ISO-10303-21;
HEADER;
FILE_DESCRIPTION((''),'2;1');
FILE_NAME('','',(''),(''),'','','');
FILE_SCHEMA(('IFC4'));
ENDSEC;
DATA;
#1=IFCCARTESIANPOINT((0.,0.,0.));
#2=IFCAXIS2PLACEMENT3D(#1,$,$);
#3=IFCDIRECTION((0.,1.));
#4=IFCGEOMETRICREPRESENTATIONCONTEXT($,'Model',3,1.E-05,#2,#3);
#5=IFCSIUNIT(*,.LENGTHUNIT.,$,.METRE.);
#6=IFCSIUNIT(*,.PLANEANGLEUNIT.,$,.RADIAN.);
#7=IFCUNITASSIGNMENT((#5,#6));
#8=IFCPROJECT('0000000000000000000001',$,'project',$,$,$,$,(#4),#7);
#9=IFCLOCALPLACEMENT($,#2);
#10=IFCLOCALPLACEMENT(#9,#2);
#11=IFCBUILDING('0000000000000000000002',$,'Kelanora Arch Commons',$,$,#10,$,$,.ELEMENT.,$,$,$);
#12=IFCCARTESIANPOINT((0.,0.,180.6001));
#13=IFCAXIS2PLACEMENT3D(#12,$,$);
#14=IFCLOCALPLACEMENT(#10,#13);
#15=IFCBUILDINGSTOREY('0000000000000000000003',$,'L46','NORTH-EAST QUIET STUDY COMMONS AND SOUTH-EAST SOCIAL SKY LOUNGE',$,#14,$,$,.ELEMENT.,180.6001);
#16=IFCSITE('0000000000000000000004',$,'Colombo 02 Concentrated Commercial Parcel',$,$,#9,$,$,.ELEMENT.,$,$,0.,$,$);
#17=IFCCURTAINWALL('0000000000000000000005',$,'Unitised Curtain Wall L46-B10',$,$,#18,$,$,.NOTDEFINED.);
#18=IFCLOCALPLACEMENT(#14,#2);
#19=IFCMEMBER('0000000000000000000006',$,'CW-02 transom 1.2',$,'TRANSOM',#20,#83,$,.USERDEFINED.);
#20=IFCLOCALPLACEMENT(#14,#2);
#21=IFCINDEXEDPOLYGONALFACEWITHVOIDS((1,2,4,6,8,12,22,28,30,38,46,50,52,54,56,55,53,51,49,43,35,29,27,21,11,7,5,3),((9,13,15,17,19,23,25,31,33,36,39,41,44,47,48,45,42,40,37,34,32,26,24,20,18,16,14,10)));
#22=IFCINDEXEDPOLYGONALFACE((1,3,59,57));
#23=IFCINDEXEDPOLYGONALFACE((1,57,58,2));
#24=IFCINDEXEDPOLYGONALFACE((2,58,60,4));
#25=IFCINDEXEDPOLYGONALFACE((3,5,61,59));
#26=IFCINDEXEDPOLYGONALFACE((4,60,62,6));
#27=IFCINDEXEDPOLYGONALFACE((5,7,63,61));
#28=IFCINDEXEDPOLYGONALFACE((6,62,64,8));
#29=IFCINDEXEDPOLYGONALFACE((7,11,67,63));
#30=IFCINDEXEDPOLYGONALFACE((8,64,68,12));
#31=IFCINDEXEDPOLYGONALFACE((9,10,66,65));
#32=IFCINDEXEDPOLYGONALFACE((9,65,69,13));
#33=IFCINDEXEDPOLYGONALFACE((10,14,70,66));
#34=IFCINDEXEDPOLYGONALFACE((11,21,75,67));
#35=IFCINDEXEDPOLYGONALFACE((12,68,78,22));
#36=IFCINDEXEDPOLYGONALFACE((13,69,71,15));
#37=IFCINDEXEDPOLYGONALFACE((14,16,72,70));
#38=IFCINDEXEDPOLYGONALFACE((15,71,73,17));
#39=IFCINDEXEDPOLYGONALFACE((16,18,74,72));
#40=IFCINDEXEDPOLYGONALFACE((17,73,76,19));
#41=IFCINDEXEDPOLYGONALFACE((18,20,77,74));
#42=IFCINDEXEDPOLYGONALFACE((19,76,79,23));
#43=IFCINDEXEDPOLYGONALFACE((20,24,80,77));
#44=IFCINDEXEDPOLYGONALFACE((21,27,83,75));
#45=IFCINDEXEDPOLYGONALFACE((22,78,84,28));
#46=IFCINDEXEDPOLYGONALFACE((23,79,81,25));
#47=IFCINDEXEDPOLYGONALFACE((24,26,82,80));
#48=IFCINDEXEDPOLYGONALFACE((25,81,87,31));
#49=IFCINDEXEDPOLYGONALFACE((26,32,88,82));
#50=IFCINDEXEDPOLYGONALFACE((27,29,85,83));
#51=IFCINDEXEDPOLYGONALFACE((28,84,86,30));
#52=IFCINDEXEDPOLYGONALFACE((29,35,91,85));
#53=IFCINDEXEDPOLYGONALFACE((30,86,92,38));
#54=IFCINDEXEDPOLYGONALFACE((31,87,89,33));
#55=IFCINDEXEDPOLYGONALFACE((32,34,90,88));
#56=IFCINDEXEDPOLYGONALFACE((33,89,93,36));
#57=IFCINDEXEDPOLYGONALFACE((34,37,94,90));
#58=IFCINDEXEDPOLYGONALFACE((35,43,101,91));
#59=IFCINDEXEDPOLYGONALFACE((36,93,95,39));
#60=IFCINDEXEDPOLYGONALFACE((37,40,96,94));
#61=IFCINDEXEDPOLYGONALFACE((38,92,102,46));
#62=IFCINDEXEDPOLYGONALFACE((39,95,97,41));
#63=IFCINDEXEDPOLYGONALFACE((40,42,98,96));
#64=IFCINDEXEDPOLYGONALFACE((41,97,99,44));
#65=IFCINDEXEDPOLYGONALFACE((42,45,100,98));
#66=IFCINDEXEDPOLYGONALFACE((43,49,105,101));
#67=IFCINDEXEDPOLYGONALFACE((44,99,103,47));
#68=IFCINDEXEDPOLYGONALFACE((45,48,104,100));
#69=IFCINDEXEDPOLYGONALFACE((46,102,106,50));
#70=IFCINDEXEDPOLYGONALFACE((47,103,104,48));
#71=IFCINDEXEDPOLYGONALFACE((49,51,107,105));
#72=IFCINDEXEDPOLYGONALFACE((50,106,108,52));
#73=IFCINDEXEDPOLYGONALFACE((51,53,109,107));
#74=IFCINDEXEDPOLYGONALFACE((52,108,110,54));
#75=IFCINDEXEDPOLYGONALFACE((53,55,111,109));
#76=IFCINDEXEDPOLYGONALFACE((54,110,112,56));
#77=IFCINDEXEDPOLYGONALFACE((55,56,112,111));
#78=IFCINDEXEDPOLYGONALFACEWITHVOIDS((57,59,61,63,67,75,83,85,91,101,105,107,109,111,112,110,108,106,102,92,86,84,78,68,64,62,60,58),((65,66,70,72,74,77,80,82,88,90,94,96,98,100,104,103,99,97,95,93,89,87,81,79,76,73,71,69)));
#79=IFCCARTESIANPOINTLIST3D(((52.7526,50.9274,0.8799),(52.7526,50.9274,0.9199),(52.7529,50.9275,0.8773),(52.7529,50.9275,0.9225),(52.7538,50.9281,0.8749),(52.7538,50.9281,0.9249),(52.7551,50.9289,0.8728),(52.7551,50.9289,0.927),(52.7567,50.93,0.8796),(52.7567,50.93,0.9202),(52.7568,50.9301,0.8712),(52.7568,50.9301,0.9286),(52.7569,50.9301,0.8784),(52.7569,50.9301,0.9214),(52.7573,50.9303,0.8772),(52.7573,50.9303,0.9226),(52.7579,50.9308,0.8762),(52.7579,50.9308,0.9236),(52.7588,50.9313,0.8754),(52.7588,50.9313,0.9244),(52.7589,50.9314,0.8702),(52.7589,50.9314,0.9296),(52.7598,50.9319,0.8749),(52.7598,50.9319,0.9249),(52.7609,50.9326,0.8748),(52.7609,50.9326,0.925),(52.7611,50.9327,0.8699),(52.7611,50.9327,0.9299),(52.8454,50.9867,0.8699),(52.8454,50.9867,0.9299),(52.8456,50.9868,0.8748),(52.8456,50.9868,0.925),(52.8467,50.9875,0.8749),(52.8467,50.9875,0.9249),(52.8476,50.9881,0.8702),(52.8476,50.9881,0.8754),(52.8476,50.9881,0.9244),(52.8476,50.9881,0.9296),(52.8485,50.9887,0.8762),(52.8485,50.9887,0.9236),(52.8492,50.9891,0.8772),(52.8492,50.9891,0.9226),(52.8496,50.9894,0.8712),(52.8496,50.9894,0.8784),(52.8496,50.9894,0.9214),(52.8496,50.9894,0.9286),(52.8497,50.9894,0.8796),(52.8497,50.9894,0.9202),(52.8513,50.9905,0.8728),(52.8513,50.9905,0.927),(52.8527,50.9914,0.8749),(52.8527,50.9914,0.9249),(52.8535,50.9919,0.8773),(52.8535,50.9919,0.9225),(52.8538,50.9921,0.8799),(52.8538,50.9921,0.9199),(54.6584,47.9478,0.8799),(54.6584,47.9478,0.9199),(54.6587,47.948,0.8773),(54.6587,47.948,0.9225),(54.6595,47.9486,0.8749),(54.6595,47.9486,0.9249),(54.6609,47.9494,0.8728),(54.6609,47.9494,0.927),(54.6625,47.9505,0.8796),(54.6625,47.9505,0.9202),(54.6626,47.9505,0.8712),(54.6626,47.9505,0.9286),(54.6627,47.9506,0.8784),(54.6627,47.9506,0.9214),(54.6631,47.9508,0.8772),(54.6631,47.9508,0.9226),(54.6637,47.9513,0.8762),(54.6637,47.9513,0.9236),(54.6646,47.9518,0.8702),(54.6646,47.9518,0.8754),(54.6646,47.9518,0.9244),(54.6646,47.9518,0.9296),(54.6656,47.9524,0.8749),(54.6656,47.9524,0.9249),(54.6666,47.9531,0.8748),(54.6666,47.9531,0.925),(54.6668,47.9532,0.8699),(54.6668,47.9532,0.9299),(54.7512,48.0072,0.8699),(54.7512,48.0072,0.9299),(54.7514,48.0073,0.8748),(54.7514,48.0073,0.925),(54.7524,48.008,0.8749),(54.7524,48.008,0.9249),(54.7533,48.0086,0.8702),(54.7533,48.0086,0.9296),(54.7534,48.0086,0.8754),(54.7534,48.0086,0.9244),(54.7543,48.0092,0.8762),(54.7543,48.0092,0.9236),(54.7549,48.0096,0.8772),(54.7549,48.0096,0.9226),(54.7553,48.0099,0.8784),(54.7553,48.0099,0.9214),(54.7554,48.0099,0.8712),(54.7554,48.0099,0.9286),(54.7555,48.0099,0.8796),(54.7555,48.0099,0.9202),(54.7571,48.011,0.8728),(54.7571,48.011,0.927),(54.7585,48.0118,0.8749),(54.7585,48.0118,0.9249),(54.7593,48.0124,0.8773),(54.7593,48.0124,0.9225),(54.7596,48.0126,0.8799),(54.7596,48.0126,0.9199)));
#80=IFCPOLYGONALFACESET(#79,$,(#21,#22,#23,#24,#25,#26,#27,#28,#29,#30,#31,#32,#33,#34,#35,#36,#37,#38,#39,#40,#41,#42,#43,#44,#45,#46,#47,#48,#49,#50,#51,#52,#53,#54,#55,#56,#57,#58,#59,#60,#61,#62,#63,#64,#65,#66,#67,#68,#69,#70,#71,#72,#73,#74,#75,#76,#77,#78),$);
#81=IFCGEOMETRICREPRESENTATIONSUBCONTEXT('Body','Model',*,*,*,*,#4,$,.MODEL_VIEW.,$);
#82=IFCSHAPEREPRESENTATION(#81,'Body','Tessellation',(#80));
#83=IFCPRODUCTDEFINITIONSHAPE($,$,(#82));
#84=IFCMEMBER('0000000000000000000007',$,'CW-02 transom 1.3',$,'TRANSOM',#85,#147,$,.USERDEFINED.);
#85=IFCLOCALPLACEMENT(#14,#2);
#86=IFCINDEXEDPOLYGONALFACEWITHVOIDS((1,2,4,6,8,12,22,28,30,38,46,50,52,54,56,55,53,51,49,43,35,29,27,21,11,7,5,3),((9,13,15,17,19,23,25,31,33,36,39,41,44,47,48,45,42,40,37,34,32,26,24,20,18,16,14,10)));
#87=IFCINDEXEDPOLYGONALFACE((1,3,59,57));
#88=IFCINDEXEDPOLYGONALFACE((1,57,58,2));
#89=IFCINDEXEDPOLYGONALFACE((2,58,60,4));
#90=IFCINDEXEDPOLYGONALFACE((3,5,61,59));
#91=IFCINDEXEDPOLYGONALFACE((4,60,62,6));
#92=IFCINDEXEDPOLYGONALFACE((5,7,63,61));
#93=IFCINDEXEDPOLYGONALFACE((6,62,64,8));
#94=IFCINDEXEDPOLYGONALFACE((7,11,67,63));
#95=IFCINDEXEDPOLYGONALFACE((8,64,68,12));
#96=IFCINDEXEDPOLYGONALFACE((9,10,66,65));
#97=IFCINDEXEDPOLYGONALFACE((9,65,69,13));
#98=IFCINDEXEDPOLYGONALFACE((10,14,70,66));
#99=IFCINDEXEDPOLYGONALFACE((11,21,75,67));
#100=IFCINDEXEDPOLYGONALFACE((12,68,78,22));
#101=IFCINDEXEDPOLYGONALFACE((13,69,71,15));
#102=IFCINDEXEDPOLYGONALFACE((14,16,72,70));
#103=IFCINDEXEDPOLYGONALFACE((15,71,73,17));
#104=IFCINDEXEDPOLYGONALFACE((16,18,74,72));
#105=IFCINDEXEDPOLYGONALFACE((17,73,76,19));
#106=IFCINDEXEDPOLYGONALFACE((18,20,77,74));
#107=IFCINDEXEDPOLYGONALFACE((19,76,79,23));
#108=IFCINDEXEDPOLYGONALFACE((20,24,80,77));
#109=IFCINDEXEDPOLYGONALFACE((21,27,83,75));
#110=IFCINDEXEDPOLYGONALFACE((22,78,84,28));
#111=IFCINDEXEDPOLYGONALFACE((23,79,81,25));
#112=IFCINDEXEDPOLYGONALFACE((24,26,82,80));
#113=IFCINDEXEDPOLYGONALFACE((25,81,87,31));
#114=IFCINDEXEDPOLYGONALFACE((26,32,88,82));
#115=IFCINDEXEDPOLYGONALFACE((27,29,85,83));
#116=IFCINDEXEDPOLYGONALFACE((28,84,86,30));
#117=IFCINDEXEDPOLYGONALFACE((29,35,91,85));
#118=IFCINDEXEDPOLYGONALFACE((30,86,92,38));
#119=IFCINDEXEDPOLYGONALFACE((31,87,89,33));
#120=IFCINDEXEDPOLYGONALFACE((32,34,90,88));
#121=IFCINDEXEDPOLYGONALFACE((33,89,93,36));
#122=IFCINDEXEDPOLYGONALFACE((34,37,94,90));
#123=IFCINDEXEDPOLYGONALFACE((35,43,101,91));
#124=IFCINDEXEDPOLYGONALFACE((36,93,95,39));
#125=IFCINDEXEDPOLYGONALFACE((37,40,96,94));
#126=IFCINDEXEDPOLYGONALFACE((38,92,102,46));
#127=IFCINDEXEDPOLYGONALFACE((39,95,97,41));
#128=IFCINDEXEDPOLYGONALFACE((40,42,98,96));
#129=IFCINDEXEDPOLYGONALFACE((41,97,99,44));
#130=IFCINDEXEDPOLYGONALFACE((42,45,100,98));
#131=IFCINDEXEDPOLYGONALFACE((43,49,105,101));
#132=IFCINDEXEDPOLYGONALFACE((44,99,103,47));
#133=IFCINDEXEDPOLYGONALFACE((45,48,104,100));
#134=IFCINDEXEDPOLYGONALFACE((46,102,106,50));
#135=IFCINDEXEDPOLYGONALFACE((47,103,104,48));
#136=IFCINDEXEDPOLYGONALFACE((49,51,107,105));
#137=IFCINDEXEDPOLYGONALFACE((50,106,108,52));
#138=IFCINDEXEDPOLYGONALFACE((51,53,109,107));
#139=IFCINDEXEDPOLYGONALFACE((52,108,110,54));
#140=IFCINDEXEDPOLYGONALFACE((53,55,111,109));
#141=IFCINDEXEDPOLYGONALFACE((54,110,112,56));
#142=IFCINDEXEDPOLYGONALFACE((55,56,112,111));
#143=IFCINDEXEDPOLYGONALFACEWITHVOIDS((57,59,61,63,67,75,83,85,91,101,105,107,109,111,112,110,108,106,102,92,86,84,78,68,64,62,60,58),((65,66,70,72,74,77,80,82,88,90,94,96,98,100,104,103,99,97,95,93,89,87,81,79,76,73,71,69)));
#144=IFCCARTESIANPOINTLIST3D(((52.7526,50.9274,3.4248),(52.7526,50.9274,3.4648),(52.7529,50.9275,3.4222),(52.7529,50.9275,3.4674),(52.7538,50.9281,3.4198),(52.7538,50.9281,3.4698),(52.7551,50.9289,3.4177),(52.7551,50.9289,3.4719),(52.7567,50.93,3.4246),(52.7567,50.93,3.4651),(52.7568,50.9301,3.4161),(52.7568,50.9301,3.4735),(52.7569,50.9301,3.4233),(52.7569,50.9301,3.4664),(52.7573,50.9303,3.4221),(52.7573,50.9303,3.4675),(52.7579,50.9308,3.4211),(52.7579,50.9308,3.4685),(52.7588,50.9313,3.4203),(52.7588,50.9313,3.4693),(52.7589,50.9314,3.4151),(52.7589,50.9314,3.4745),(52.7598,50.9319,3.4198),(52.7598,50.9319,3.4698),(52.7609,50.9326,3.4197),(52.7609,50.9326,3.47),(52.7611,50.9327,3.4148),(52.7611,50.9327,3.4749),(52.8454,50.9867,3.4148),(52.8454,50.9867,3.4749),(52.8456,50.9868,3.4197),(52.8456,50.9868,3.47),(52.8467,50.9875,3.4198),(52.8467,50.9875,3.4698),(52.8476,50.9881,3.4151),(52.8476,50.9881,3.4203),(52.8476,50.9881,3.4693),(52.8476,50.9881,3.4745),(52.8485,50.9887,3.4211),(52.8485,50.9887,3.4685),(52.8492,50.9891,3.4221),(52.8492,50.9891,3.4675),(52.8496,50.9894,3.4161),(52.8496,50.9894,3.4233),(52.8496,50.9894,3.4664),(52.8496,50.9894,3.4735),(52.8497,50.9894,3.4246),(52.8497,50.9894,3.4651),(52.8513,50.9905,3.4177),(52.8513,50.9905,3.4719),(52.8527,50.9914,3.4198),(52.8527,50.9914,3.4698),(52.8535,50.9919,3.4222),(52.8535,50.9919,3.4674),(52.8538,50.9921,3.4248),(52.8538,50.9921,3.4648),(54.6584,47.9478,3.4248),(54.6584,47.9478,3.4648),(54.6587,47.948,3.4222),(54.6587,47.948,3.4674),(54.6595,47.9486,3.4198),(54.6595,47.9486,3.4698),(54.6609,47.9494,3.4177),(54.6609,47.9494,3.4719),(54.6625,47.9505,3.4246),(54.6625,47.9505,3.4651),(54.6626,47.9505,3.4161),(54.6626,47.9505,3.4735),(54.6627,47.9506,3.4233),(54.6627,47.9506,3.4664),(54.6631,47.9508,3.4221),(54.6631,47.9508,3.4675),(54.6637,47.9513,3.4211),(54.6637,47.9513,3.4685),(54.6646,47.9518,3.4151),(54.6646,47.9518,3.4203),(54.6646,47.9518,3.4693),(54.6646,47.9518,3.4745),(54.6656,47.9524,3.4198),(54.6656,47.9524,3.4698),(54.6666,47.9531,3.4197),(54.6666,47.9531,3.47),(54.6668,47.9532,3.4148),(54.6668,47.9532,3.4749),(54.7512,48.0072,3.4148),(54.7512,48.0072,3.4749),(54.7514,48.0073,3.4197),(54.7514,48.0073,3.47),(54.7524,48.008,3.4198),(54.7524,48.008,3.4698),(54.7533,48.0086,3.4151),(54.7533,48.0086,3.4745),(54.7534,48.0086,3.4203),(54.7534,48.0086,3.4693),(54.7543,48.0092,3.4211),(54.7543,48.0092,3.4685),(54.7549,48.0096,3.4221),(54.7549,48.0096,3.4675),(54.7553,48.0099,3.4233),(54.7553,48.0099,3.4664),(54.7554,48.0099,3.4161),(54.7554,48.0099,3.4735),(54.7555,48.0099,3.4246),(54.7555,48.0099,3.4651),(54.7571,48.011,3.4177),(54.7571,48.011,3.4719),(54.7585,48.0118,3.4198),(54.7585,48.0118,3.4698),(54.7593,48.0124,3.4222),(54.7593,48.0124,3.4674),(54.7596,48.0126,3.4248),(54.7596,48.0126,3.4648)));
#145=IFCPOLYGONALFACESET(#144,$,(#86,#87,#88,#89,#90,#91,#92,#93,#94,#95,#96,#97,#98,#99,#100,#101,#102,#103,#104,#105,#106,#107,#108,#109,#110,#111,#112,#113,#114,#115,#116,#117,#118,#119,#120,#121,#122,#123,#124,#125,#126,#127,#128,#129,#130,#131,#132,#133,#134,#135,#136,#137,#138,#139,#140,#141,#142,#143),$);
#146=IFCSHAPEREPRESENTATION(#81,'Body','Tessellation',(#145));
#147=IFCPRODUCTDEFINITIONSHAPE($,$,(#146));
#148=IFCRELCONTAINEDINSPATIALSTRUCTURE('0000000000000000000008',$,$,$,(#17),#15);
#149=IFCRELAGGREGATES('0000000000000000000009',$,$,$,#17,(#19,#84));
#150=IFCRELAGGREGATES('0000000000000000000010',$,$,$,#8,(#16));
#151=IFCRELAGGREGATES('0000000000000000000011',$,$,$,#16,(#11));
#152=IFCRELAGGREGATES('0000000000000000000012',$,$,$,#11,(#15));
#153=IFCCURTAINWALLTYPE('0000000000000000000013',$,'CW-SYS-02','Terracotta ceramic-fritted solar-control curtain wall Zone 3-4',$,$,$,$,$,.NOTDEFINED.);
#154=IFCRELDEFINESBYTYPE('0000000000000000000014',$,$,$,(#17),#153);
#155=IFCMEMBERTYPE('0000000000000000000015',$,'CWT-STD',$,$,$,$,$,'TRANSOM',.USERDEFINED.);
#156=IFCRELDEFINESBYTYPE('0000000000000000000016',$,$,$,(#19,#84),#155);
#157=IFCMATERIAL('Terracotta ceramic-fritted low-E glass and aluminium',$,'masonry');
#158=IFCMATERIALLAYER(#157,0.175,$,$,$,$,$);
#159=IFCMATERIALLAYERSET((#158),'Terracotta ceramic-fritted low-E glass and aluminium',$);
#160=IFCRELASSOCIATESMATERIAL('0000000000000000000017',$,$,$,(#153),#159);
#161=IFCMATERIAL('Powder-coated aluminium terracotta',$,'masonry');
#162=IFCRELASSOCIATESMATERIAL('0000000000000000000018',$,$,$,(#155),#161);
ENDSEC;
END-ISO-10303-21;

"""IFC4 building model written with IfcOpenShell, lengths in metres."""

from ifc_helpers import new_model, si_unit, direction, frame, origin, origin_2d, place, context, subcontext, project, spatial, hollow_rectangle, extrude, material, layer, layer_set, material_profile, profile_set, type_object, element, aggregate, save


model = new_model("IFC4")

# Units and contexts
model_context = context("Model", 3, precision=1e-05, world=origin(), true_north=direction((0.0, 1.0)))
body_context = subcontext(model_context, "Body", "Model", "MODEL_VIEW")
ifc_project = project(units=[si_unit("LENGTHUNIT", "METRE"), si_unit("PLANEANGLEUNIT", "RADIAN")], contexts=[model_context])

# Site, building, storey
site_placement = place(None, origin())
site = spatial("IfcSite", under=ifc_project, at=site_placement, Name="Colombo 02 Concentrated Commercial Parcel", CompositionType="ELEMENT", RefElevation=0.0)
building_placement = place(site_placement, origin())
building = spatial("IfcBuilding", under=site, at=building_placement, Name="Kelanora Arch Commons", CompositionType="ELEMENT")
storey_placement = place(building_placement, frame((0.0, 0.0, 180.6001)))
storey = spatial("IfcBuildingStorey", under=building, at=storey_placement, Name="L46", Description="NORTH-EAST QUIET STUDY COMMONS AND SOUTH-EAST SOCIAL SKY LOUNGE", CompositionType="ELEMENT", Elevation=180.6001)

# Shared definitions
ifc_material_1 = material(Name="Terracotta ceramic-fritted low-E glass and aluminium", Category="masonry")
ifc_layer_1 = layer(ifc_material_1, 0.175)
ifc_layer_set_1 = layer_set([ifc_layer_1], Name="Terracotta ceramic-fritted low-E glass and aluminium")
curtain_wall_type = type_object("IfcCurtainWallType", Name="CW-SYS-02", Description="Terracotta ceramic-fritted solar-control curtain wall Zone 3-4", PredefinedType="NOTDEFINED", material=ifc_layer_set_1)
ifc_material_2 = material(Name="Powder-coated aluminium terracotta", Category="masonry")

# Curtain wall, members
curtain_wall_1_placement = place(storey_placement, origin())
curtain_wall_1 = element("IfcCurtainWall", 1, at=curtain_wall_1_placement, inside=storey, type_object=curtain_wall_type, Name="Unitised Curtain Wall L46-B10", PredefinedType="NOTDEFINED")
ifc_material_profile_1 = material_profile(ifc_material_2, hollow_rectangle(XDim=0.1201, YDim=0.0601, WallThickness=0.0049, InnerFilletRadius=0.0049, OuterFilletRadius=0.01, at=origin_2d()), Name="CWT120x60")
ifc_profile_set_1 = profile_set([ifc_material_profile_1], Name="Powder-coated aluminium terracotta")
member_type_1 = type_object("IfcMemberType", Name="CWT-STD", ElementType="TRANSOM", PredefinedType="USERDEFINED", material=ifc_profile_set_1)
member_1_placement = place(storey_placement, frame((52.8032, 50.9597, 0.8999), z_axis=(0.53883, -0.842414, 0.0), x_axis=(0.842414, 0.53883, 0.0)))
member_1 = element("IfcMember", 2, at=member_1_placement, type_object=member_type_1, Name="CW-02 transom 1.2", ObjectType="TRANSOM", PredefinedType="USERDEFINED", context=body_context, shape_type="SweptSolid", body=[
    extrude(hollow_rectangle(XDim=0.1201, YDim=0.0601, WallThickness=0.0049, InnerFilletRadius=0.0049, OuterFilletRadius=0.01, at=origin_2d()), origin(), (0.0, 0.0, 1.0), 3.5369),
])
member_2_placement = place(storey_placement, frame((52.8032, 50.9597, 3.4448), z_axis=(0.53883, -0.842414, 0.0), x_axis=(0.842414, 0.53883, 0.0)))
member_2 = element("IfcMember", 3, at=member_2_placement, type_object=member_type_1, Name="CW-02 transom 1.3", ObjectType="TRANSOM", PredefinedType="USERDEFINED", context=body_context, shape_type="SweptSolid", body=[
    extrude(hollow_rectangle(XDim=0.1201, YDim=0.0601, WallThickness=0.0049, InnerFilletRadius=0.0049, OuterFilletRadius=0.01, at=origin_2d()), origin(), (0.0, 0.0, 1.0), 3.5369),
])

aggregate(curtain_wall_1, [member_1, member_2])

save(model, "model.ifc")
